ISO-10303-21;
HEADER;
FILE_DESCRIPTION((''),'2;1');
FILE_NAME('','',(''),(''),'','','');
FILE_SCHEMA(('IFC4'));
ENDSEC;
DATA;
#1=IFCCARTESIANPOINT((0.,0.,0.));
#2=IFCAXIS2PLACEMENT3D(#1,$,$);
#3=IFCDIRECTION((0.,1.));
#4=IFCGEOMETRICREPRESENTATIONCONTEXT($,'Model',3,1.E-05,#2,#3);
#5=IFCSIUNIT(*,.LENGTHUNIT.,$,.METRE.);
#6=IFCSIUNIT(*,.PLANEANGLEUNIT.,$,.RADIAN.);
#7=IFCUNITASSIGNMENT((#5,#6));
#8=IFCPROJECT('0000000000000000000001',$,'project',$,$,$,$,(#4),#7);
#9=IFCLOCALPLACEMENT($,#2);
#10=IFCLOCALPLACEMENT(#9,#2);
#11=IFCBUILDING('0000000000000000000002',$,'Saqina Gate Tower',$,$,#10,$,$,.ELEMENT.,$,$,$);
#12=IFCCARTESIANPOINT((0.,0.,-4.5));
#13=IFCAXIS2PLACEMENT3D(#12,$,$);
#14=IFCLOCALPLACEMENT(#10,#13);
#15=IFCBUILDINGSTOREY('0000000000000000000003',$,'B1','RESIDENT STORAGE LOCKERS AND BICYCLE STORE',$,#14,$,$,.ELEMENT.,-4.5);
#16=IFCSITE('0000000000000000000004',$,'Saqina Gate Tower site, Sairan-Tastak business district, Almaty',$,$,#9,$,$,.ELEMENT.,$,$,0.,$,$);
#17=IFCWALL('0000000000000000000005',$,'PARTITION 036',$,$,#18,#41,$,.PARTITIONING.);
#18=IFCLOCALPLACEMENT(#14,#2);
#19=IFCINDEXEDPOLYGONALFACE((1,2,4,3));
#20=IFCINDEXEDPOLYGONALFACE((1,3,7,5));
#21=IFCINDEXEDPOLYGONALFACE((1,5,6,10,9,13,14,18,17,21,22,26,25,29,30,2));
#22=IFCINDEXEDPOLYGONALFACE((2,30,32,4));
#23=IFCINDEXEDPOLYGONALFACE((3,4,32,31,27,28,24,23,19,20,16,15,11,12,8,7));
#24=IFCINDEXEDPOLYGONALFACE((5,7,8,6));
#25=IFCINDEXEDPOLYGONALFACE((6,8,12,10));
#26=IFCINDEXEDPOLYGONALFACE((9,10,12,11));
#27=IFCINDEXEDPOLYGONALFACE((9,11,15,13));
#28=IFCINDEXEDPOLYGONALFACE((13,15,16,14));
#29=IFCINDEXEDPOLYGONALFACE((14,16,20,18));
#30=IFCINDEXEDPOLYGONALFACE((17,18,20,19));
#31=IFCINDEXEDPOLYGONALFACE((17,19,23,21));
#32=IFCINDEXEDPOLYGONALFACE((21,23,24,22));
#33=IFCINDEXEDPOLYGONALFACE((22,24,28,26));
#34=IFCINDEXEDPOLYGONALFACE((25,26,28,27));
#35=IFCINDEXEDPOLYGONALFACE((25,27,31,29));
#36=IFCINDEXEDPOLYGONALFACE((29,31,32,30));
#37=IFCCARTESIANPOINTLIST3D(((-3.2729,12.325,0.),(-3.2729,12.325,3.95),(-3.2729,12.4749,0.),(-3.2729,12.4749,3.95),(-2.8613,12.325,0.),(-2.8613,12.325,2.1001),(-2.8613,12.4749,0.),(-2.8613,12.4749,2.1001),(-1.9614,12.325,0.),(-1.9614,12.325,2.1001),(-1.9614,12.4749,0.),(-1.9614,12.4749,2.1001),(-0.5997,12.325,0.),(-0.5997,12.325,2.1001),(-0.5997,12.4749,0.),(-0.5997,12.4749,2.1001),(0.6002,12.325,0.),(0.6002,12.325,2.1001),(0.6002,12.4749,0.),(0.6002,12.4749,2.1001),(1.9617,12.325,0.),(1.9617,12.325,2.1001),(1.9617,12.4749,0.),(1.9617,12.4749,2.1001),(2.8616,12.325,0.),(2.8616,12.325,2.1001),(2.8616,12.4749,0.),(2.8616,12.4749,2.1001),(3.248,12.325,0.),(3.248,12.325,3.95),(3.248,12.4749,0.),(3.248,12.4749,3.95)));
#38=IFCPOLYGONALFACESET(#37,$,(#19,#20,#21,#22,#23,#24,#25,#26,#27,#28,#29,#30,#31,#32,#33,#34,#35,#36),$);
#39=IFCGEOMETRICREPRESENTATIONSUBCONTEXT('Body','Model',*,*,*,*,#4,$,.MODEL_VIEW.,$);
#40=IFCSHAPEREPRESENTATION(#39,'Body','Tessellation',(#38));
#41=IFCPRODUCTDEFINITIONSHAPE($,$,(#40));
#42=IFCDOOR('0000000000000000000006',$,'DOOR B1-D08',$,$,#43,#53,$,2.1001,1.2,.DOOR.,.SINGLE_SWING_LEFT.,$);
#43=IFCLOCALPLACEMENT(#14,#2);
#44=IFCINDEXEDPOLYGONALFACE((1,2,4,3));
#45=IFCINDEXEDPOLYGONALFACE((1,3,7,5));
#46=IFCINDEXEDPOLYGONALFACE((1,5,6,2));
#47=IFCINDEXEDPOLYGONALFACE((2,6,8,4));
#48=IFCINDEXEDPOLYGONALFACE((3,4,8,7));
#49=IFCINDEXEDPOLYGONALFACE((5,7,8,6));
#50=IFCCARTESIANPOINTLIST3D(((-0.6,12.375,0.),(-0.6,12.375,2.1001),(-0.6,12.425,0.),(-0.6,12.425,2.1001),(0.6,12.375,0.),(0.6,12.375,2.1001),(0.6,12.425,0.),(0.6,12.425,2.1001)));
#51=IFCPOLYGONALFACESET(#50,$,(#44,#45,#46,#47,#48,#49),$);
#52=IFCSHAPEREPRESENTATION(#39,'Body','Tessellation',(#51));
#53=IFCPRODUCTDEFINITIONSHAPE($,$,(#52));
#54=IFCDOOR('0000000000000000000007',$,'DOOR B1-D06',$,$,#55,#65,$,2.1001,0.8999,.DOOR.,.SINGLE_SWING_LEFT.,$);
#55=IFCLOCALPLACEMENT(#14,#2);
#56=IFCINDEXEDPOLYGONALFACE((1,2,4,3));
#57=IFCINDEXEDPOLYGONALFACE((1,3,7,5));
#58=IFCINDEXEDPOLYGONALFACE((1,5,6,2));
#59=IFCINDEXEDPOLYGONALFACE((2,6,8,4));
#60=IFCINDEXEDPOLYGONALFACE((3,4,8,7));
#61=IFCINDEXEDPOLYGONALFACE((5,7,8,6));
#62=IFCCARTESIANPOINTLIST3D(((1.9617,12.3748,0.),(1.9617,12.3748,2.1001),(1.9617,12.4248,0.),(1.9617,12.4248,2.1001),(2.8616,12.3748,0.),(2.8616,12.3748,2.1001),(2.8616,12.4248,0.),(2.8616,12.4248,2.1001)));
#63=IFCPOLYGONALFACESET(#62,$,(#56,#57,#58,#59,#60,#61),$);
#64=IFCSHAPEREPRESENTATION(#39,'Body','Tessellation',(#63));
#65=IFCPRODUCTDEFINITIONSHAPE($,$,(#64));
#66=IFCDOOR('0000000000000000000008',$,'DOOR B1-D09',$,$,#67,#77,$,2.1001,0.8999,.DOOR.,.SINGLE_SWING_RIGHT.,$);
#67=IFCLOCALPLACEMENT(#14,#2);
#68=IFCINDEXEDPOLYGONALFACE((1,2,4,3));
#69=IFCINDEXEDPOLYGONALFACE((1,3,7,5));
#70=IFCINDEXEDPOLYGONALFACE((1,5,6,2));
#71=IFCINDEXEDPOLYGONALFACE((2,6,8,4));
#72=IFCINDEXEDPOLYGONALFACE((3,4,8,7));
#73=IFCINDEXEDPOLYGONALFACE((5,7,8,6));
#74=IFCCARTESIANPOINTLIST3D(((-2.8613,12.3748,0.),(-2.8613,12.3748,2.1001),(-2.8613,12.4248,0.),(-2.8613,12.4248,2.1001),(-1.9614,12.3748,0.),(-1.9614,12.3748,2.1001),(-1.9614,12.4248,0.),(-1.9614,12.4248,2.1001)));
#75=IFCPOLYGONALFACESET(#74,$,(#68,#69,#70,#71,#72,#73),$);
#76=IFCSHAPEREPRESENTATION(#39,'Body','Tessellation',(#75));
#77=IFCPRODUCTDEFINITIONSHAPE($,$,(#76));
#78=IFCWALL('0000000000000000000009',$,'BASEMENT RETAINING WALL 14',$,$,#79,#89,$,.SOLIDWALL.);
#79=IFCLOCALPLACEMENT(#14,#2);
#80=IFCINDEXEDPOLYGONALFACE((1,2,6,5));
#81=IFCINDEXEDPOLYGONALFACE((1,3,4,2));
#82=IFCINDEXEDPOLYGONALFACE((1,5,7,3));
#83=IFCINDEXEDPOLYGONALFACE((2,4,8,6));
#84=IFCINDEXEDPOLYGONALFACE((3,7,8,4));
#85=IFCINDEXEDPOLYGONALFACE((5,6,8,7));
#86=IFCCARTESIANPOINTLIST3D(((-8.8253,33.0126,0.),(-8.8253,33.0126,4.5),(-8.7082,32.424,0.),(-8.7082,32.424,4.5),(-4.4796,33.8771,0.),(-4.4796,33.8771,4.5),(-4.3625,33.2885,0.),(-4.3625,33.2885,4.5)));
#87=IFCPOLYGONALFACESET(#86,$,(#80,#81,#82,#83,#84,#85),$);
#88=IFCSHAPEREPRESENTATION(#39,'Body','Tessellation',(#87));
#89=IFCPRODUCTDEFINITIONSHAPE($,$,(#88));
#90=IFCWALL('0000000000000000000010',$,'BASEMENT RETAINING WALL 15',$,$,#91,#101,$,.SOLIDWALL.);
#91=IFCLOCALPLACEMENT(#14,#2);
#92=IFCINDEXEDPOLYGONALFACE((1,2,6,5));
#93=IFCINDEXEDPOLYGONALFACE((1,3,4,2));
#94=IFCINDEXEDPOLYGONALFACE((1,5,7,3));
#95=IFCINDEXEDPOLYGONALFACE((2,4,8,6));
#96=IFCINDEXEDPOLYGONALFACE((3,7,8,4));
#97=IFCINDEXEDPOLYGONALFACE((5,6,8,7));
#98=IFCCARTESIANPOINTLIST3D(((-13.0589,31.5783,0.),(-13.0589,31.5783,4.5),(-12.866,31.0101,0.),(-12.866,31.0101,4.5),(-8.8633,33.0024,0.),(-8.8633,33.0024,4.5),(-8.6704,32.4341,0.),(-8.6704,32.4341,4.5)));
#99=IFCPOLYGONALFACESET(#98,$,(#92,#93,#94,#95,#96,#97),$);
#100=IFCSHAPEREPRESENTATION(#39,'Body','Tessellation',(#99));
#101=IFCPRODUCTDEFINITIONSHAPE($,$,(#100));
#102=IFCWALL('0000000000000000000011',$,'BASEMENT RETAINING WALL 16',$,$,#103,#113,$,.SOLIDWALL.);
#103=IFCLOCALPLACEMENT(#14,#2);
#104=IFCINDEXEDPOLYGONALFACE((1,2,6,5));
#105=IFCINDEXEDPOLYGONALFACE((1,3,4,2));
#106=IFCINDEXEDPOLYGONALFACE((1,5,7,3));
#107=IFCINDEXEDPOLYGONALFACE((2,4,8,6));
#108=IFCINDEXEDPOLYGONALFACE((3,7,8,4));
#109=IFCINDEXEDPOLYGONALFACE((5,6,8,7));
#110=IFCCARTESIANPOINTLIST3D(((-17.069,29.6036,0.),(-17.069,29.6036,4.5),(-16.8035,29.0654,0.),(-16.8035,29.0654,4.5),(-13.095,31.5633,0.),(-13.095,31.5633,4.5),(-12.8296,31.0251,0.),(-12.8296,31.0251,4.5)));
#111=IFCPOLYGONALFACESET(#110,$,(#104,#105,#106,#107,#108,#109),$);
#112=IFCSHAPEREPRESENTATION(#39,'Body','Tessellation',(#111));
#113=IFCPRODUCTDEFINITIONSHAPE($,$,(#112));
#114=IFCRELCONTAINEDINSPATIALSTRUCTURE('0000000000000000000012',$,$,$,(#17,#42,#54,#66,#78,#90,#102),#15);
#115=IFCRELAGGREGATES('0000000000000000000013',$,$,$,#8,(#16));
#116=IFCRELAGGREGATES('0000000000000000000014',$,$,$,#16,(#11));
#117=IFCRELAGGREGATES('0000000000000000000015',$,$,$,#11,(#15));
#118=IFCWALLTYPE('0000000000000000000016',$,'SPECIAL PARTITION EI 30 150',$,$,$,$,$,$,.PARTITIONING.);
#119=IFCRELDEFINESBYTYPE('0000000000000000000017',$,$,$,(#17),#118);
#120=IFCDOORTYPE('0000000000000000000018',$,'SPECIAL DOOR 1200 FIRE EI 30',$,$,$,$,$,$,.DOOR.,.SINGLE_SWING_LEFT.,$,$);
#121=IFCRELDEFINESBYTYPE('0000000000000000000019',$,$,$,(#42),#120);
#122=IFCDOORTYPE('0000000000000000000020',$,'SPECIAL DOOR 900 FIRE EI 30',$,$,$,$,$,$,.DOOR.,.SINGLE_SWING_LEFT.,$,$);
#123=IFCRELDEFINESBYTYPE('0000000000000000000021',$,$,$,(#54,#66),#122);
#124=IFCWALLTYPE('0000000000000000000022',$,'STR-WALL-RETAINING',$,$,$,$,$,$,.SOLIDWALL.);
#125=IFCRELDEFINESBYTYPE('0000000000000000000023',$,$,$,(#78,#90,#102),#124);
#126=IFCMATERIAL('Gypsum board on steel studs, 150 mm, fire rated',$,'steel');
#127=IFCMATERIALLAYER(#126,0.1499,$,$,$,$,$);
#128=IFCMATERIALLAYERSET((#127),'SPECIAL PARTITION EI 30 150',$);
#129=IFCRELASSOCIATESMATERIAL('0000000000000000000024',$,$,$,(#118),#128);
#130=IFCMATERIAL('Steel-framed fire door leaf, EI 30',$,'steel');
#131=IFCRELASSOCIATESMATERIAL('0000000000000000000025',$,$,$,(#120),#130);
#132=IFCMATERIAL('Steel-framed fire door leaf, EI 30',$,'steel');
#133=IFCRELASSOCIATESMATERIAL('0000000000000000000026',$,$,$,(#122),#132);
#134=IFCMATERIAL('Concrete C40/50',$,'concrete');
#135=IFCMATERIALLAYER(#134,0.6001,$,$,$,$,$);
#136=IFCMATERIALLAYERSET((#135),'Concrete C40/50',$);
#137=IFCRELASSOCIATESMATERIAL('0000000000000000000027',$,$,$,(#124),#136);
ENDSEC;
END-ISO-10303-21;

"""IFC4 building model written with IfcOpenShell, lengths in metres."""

from ifc_helpers import new_model, si_unit, direction, frame, frame_2d, origin, place, context, subcontext, project, spatial, rectangle, extrude, material, layer, layer_set, type_object, element, fill, save


model = new_model("IFC4")

# Units and contexts
model_context = context("Model", 3, precision=1e-05, world=origin(), true_north=direction((0.0, 1.0)))
body_context = subcontext(model_context, "Body", "Model", "MODEL_VIEW")
ifc_project = project(units=[si_unit("LENGTHUNIT", "METRE"), si_unit("PLANEANGLEUNIT", "RADIAN")], contexts=[model_context])

# Site, building, storey
site_placement = place(None, origin())
site = spatial("IfcSite", under=ifc_project, at=site_placement, Name="Saqina Gate Tower site, Sairan-Tastak business district, Almaty", CompositionType="ELEMENT", RefElevation=0.0)
building_placement = place(site_placement, origin())
building = spatial("IfcBuilding", under=site, at=building_placement, Name="Saqina Gate Tower", CompositionType="ELEMENT")
storey_placement = place(building_placement, frame((0.0, 0.0, -4.5)))
storey = spatial("IfcBuildingStorey", under=building, at=storey_placement, Name="B1", Description="RESIDENT STORAGE LOCKERS AND BICYCLE STORE", CompositionType="ELEMENT", Elevation=-4.5)

# Wall, openings, doors
ifc_material_1 = material(Name="Gypsum board on steel studs, 150 mm, fire rated", Category="steel")
ifc_layer_1 = layer(ifc_material_1, 0.1499)
ifc_layer_set_1 = layer_set([ifc_layer_1], Name="SPECIAL PARTITION EI 30 150")
wall_type_1 = type_object("IfcWallType", Name="SPECIAL PARTITION EI 30 150", PredefinedType="PARTITIONING", material=ifc_layer_set_1)
wall_1_placement = place(storey_placement, frame((-3.2729, 12.3999, 0.0), z_axis=(0.0, 0.0, 1.0), x_axis=(1.0, 0.0, 0.0)))
wall_1 = element("IfcWall", 1, at=wall_1_placement, inside=storey, type_object=wall_type_1, Name="PARTITION 036", PredefinedType="PARTITIONING", context=body_context, shape_type="SweptSolid", body=[
    extrude(rectangle(XDim=6.521, YDim=0.1499, at=frame_2d((3.2605, 0.0))), origin(), (0.0, 0.0, 1.0), 3.95),
])
opening_1_placement = place(wall_1_placement, frame((5.2346, 0.0, 0.0)))
opening_1 = element("IfcOpeningElement", 2, at=opening_1_placement, cuts=wall_1, PredefinedType="OPENING", context=body_context, shape_type="SweptSolid", body=[
    extrude(rectangle(XDim=0.8999, YDim=2.1001, at=frame_2d((0.45, 1.05))), frame((0.0, 0.0869, 0.0), z_axis=(0.0, -1.0, 0.0), x_axis=(1.0, 0.0, 0.0)), (0.0, 0.0, 1.0), 0.1738),
])
opening_2_placement = place(wall_1_placement, frame((2.6731, 0.0, 0.0)))
opening_2 = element("IfcOpeningElement", 3, at=opening_2_placement, cuts=wall_1, PredefinedType="OPENING", context=body_context, shape_type="SweptSolid", body=[
    extrude(rectangle(XDim=1.2, YDim=2.1001, at=frame_2d((0.6001, 1.05))), frame((0.0, 0.0869, 0.0), z_axis=(0.0, -1.0, 0.0), x_axis=(1.0, 0.0, 0.0)), (0.0, 0.0, 1.0), 0.1738),
])
opening_3_placement = place(wall_1_placement, frame((0.4116, 0.0, 0.0)))
opening_3 = element("IfcOpeningElement", 4, at=opening_3_placement, cuts=wall_1, PredefinedType="OPENING", context=body_context, shape_type="SweptSolid", body=[
    extrude(rectangle(XDim=0.8999, YDim=2.1001, at=frame_2d((0.45, 1.05))), frame((0.0, 0.0869, 0.0), z_axis=(0.0, -1.0, 0.0), x_axis=(1.0, 0.0, 0.0)), (0.0, 0.0, 1.0), 0.1738),
])
ifc_material_2 = material(Name="Steel-framed fire door leaf, EI 30", Category="steel")
door_type_1 = type_object("IfcDoorType", Name="SPECIAL DOOR 1200 FIRE EI 30", OperationType="SINGLE_SWING_LEFT", PredefinedType="DOOR", material=ifc_material_2)
door_1_placement = place(opening_2_placement, frame((1.2, 0.0, 0.0), z_axis=(0.0, 0.0, 1.0), x_axis=(-1.0, 0.0, 0.0)))
door_1 = element("IfcDoor", 5, at=door_1_placement, inside=storey, type_object=door_type_1, Name="DOOR B1-D08", OperationType="SINGLE_SWING_LEFT", OverallHeight=2.1001, OverallWidth=1.2, PredefinedType="DOOR", context=body_context, shape_type="SweptSolid", body=[
    extrude(rectangle(XDim=1.2, YDim=2.1001, at=frame_2d((0.6001, 1.05))), frame((0.0, 0.0249, 0.0), z_axis=(0.0, -1.0, 0.0), x_axis=(1.0, 0.0, 0.0)), (0.0, 0.0, 1.0), 0.05),
])
fill(opening_2, door_1)
ifc_material_3 = material(Name="Steel-framed fire door leaf, EI 30", Category="steel")
door_type_2 = type_object("IfcDoorType", Name="SPECIAL DOOR 900 FIRE EI 30", OperationType="SINGLE_SWING_LEFT", PredefinedType="DOOR", material=ifc_material_3)
door_2_placement = place(opening_1_placement, origin())
door_2 = element("IfcDoor", 6, at=door_2_placement, inside=storey, type_object=door_type_2, Name="DOOR B1-D06", OperationType="SINGLE_SWING_LEFT", OverallHeight=2.1001, OverallWidth=0.8999, PredefinedType="DOOR", context=body_context, shape_type="SweptSolid", body=[
    extrude(rectangle(XDim=0.8999, YDim=2.1001, at=frame_2d((0.45, 1.05))), frame((0.0, 0.0249, 0.0), z_axis=(0.0, -1.0, 0.0), x_axis=(1.0, 0.0, 0.0)), (0.0, 0.0, 1.0), 0.05),
])
fill(opening_1, door_2)
door_3_placement = place(opening_3_placement, origin())
door_3 = element("IfcDoor", 7, at=door_3_placement, inside=storey, type_object=door_type_2, Name="DOOR B1-D09", OperationType="SINGLE_SWING_RIGHT", OverallHeight=2.1001, OverallWidth=0.8999, PredefinedType="DOOR", context=body_context, shape_type="SweptSolid", body=[
    extrude(rectangle(XDim=0.8999, YDim=2.1001, at=frame_2d((0.45, 1.05))), frame((0.0, 0.0249, 0.0), z_axis=(0.0, -1.0, 0.0), x_axis=(1.0, 0.0, 0.0)), (0.0, 0.0, 1.0), 0.05),
])
fill(opening_3, door_3)

# Walls
ifc_material_4 = material(Name="Concrete C40/50", Category="concrete")
ifc_layer_2 = layer(ifc_material_4, 0.6001)
ifc_layer_set_2 = layer_set([ifc_layer_2], Name="Concrete C40/50")
wall_type_2 = type_object("IfcWallType", Name="STR-WALL-RETAINING", PredefinedType="SOLIDWALL", material=ifc_layer_set_2)
wall_2_placement = place(storey_placement, frame((-4.4211, 33.5828, 0.0), z_axis=(0.0, 0.0, 1.0), x_axis=(-0.980781, -0.195109, 0.0)))
element("IfcWall", 8, at=wall_2_placement, inside=storey, type_object=wall_type_2, Name="BASEMENT RETAINING WALL 14", PredefinedType="SOLIDWALL", context=body_context, shape_type="SweptSolid", body=[
    extrude(rectangle(XDim=4.4309, YDim=0.6001, at=frame_2d((2.2153, 0.0))), origin(), (0.0, 0.0, 1.0), 4.5),
])
wall_3_placement = place(storey_placement, frame((-8.7668, 32.7183, 0.0), z_axis=(0.0, 0.0, 1.0), x_axis=(-0.946939, -0.321414, 0.0)))
element("IfcWall", 9, at=wall_3_placement, inside=storey, type_object=wall_type_2, Name="BASEMENT RETAINING WALL 15", PredefinedType="SOLIDWALL", context=body_context, shape_type="SweptSolid", body=[
    extrude(rectangle(XDim=4.4307, YDim=0.6001, at=frame_2d((2.2153, 0.0))), origin(), (0.0, 0.0, 1.0), 4.5),
])
wall_4_placement = place(storey_placement, frame((-12.9624, 31.2942, 0.0), z_axis=(0.0, 0.0, 1.0), x_axis=(-0.896871, -0.442292, 0.0)))
element("IfcWall", 10, at=wall_4_placement, inside=storey, type_object=wall_type_2, Name="BASEMENT RETAINING WALL 16", PredefinedType="SOLIDWALL", context=body_context, shape_type="SweptSolid", body=[
    extrude(rectangle(XDim=4.4309, YDim=0.6001, at=frame_2d((2.2153, 0.0))), origin(), (0.0, 0.0, 1.0), 4.5),
])

save(model, "model.ifc")
